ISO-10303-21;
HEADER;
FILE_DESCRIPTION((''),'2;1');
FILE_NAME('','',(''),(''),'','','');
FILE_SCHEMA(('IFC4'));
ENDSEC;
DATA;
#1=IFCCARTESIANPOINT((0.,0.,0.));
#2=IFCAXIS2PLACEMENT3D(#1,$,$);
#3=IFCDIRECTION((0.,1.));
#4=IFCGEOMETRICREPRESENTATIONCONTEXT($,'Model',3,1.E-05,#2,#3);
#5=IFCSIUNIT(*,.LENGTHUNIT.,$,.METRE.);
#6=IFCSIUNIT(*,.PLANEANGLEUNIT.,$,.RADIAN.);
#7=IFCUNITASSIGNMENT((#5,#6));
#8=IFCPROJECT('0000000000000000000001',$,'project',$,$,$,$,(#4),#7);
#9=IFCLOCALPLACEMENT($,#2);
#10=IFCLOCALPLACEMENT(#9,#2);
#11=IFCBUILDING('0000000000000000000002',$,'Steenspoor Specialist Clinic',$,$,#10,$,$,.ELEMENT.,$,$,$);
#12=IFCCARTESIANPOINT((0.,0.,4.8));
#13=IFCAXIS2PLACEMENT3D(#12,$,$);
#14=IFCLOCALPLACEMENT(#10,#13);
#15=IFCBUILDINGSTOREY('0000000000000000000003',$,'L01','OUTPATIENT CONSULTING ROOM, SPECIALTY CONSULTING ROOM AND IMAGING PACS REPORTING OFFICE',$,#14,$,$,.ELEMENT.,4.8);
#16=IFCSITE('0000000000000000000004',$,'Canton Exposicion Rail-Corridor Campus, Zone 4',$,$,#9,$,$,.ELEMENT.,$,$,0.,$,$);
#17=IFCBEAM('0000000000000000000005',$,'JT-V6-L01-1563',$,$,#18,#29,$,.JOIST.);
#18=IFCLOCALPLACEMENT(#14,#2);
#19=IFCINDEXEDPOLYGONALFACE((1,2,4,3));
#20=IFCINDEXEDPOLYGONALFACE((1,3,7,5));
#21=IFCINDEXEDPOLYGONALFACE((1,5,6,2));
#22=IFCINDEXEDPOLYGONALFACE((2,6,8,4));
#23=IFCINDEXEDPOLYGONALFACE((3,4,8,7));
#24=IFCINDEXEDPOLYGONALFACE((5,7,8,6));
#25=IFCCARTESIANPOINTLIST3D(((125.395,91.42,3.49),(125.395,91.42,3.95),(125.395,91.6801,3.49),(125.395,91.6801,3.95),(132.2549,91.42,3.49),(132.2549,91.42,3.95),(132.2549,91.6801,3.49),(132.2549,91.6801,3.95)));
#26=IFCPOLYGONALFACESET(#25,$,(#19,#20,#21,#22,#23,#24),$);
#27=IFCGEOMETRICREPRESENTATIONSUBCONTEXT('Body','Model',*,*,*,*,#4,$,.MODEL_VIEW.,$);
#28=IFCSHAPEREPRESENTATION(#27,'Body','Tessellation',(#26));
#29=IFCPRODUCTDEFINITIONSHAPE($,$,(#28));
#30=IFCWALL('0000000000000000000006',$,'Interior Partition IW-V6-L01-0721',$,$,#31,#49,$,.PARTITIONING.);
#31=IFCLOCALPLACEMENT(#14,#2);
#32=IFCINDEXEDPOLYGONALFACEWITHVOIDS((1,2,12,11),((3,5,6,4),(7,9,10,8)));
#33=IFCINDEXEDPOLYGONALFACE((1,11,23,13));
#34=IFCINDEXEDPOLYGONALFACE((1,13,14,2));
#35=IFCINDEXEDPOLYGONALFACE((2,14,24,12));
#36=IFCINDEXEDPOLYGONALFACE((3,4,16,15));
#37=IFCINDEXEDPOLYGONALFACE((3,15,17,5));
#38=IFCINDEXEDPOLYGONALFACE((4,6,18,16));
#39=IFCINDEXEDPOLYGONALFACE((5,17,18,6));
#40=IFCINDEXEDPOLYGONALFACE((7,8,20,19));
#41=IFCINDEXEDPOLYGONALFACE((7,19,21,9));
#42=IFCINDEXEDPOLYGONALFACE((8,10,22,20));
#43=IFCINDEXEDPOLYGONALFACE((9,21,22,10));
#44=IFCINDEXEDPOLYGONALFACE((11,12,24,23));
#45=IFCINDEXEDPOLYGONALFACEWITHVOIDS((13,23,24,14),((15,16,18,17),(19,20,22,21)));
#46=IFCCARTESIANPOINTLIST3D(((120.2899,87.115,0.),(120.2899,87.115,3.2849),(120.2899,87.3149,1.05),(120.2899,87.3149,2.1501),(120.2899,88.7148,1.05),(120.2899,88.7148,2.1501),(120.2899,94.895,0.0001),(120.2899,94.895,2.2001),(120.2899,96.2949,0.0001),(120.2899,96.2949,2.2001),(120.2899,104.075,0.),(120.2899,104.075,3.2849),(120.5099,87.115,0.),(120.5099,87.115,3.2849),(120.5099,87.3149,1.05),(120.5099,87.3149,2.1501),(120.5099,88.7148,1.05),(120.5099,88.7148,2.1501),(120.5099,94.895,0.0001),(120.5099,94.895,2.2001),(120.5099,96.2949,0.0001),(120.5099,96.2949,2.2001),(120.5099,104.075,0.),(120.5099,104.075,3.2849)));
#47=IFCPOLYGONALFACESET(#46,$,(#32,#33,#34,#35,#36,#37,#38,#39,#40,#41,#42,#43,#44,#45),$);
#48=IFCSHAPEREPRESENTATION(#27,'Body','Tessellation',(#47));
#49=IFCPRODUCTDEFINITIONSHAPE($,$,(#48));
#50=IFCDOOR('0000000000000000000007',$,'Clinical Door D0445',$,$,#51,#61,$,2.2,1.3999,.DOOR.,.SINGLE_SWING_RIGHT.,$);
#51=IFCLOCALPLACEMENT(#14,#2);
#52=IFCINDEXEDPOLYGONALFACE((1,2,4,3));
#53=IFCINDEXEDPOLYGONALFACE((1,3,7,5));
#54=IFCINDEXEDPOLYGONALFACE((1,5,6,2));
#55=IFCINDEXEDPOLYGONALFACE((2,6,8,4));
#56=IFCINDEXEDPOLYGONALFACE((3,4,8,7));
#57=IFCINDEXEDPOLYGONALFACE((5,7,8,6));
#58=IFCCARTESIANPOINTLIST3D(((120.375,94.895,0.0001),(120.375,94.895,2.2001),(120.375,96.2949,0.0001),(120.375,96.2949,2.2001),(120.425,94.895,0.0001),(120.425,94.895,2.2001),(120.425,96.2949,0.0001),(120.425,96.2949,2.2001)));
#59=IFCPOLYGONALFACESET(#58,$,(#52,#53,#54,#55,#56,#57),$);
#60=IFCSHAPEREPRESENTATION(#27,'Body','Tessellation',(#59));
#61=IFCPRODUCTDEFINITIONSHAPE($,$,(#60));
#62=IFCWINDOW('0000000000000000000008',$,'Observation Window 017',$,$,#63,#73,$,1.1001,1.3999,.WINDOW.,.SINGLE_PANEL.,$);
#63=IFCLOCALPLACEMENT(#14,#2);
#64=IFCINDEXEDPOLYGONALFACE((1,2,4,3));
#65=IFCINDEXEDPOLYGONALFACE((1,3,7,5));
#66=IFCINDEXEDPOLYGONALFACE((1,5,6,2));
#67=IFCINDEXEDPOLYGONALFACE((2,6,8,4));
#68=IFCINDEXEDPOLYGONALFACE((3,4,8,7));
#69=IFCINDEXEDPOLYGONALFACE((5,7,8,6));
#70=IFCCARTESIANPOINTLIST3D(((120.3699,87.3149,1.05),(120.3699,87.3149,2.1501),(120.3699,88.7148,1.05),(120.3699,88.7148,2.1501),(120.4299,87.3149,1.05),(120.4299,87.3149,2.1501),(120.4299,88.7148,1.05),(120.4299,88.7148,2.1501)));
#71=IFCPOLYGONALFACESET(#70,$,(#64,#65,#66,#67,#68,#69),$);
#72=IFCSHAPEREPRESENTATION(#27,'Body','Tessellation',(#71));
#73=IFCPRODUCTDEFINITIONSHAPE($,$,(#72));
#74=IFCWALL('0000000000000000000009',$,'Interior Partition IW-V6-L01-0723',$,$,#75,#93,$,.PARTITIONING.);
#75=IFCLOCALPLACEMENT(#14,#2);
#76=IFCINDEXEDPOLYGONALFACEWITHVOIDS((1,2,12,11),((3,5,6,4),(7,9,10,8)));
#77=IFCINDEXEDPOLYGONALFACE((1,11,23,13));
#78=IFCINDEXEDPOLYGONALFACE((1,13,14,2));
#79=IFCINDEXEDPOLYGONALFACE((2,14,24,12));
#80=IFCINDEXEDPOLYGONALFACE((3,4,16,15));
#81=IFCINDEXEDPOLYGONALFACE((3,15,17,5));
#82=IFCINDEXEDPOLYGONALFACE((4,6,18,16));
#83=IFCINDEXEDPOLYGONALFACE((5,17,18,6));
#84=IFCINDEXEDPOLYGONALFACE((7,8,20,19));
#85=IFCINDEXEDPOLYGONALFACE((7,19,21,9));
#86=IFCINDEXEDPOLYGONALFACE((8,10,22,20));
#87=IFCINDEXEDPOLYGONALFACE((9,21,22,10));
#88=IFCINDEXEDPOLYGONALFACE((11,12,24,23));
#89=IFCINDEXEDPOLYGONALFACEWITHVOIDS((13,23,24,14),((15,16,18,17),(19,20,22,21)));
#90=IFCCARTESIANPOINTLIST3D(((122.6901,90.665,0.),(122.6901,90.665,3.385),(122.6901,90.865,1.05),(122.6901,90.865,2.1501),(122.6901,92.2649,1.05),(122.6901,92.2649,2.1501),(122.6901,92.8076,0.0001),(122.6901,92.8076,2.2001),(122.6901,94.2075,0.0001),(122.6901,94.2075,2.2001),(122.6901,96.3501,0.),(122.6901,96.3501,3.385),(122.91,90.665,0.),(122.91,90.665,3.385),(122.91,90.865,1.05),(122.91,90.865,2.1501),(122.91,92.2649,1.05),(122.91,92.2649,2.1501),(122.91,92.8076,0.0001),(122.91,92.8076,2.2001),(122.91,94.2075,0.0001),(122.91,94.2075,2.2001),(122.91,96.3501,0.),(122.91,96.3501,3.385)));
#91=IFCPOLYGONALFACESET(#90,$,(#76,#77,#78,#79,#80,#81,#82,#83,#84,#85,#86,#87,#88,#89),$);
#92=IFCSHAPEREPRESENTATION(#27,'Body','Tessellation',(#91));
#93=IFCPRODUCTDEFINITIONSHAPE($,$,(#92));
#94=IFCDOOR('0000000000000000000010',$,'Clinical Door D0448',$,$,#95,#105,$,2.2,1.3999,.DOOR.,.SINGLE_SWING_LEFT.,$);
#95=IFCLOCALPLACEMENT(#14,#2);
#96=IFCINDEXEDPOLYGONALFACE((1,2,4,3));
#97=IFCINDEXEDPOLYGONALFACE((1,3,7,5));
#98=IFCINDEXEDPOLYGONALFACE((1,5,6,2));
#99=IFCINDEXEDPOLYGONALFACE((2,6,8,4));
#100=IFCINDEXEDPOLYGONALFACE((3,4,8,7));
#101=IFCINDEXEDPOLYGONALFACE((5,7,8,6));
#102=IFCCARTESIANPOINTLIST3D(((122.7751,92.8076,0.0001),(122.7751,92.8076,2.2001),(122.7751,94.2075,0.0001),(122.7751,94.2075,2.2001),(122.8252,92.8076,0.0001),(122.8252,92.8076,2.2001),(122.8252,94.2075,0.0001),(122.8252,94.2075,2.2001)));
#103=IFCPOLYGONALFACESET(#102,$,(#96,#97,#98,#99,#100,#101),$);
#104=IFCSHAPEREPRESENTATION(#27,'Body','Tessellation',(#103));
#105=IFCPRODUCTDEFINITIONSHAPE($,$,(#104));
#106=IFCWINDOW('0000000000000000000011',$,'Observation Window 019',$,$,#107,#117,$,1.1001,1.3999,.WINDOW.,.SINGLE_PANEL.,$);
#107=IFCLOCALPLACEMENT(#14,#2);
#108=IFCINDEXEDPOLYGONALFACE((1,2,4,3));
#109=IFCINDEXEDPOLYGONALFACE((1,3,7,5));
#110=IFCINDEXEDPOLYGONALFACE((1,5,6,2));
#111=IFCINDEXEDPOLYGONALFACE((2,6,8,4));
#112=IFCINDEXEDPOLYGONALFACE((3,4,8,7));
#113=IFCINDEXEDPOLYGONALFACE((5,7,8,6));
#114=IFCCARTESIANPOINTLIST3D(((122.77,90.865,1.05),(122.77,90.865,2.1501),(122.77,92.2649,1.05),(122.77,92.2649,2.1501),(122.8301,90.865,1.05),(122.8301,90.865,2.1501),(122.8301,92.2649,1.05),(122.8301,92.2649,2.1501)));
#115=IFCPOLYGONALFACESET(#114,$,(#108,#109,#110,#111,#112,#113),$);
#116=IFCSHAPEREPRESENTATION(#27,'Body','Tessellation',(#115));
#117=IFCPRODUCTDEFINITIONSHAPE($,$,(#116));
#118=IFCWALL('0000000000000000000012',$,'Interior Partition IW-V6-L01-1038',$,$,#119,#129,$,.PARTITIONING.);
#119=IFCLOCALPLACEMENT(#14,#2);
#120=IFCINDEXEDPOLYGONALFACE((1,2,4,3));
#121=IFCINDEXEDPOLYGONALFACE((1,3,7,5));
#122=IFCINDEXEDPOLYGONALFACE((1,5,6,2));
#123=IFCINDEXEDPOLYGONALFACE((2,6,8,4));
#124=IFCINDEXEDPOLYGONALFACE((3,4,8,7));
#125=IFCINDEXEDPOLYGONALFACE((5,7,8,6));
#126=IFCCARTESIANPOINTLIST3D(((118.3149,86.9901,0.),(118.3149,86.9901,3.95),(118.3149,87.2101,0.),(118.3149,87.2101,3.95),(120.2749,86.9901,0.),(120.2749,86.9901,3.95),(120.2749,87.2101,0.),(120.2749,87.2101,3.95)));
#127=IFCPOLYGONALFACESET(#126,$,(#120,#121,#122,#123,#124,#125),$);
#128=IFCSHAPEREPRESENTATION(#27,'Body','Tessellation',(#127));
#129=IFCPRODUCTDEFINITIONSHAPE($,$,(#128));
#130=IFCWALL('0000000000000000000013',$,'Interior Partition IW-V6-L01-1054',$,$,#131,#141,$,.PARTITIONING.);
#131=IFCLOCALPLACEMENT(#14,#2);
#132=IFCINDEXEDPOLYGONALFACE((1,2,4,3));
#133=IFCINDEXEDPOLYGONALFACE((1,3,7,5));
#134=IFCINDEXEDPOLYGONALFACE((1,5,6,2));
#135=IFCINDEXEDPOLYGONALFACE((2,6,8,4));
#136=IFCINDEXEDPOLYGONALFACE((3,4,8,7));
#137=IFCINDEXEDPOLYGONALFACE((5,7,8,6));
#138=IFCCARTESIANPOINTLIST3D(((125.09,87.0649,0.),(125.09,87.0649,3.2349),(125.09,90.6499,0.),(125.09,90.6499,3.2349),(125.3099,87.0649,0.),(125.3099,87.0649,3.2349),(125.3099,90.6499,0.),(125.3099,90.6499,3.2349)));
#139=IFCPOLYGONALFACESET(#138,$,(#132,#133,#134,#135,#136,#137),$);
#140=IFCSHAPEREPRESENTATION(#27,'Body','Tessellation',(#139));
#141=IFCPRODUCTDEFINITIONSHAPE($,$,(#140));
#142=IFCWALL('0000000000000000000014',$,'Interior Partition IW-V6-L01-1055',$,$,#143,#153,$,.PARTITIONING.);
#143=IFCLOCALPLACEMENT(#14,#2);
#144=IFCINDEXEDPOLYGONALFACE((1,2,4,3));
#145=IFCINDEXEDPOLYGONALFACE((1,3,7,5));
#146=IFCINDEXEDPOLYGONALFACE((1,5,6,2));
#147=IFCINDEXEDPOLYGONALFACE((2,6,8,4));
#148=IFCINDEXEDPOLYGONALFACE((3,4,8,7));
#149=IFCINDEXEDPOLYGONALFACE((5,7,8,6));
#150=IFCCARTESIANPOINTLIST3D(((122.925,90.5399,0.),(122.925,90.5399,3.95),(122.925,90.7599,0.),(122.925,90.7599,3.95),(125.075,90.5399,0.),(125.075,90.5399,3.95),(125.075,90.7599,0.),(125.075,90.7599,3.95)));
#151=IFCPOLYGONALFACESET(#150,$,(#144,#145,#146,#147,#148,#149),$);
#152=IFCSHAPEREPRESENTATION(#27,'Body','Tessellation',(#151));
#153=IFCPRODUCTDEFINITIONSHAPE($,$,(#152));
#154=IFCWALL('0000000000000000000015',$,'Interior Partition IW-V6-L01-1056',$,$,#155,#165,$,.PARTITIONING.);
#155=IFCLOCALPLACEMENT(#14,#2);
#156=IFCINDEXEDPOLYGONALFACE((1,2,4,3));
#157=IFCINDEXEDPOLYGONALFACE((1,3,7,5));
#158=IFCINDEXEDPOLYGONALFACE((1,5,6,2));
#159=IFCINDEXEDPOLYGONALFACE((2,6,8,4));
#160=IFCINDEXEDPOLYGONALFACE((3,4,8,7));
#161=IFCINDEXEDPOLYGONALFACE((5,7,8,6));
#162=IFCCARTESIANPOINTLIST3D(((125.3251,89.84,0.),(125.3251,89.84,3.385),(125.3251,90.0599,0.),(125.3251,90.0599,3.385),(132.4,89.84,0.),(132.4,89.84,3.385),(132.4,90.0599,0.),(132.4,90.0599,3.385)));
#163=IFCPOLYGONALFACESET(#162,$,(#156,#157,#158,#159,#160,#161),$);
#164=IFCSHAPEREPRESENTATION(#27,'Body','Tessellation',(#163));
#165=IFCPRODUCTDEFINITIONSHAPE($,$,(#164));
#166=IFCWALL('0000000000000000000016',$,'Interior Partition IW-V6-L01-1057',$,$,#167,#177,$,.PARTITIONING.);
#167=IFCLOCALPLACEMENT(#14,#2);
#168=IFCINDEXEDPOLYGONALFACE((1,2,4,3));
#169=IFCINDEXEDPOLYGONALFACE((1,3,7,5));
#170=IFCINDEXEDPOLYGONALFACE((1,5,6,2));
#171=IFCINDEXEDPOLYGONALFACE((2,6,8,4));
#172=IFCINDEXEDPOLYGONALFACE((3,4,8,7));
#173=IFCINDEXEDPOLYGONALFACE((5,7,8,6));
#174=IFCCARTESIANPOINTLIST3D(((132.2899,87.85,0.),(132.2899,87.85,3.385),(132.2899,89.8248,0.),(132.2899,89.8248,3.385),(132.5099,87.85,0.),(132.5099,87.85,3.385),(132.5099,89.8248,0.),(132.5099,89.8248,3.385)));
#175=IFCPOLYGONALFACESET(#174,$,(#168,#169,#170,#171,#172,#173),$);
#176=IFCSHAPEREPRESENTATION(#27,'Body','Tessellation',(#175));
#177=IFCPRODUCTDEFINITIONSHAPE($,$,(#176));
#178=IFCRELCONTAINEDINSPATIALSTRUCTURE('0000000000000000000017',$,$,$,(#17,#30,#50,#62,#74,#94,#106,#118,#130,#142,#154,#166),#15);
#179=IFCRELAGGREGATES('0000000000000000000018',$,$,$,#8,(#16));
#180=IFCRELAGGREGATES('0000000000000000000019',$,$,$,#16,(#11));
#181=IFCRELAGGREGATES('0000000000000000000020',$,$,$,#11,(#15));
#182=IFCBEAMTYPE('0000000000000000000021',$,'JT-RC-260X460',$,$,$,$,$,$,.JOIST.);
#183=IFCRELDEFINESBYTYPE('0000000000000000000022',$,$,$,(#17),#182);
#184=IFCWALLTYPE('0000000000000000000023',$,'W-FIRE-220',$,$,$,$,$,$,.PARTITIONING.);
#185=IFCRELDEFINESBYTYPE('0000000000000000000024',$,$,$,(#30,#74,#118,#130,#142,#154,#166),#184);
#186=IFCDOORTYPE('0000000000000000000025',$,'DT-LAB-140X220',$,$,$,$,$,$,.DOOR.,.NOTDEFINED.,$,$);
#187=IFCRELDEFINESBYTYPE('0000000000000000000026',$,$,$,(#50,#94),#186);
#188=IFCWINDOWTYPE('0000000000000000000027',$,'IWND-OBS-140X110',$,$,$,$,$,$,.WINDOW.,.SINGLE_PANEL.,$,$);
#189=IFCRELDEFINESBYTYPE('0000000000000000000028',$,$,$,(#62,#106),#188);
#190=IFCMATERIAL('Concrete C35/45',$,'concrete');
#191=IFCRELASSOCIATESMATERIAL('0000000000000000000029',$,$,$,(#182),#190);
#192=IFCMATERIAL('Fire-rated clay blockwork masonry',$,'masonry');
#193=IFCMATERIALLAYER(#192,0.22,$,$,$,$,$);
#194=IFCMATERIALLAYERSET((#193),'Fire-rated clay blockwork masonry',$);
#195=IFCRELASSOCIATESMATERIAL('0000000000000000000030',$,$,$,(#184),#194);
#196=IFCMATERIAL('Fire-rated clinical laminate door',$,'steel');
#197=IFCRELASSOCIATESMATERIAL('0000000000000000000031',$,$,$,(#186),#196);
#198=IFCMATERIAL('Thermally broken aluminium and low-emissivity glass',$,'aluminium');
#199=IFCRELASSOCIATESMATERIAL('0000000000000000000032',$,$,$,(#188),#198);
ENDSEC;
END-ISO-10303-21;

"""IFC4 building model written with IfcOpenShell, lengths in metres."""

from ifc_helpers import new_model, si_unit, direction, frame, frame_2d, origin, origin_2d, place, context, subcontext, project, spatial, rectangle, extrude, material, layer, layer_set, material_profile, profile_set, type_object, element, fill, save


model = new_model("IFC4")

# Units and contexts
model_context = context("Model", 3, precision=1e-05, world=origin(), true_north=direction((0.0, 1.0)))
body_context = subcontext(model_context, "Body", "Model", "MODEL_VIEW")
ifc_project = project(units=[si_unit("LENGTHUNIT", "METRE"), si_unit("PLANEANGLEUNIT", "RADIAN")], contexts=[model_context])

# Site, building, storey
site_placement = place(None, origin())
site = spatial("IfcSite", under=ifc_project, at=site_placement, Name="Canton Exposicion Rail-Corridor Campus, Zone 4", CompositionType="ELEMENT", RefElevation=0.0)
building_placement = place(site_placement, origin())
building = spatial("IfcBuilding", under=site, at=building_placement, Name="Steenspoor Specialist Clinic", CompositionType="ELEMENT")
storey_placement = place(building_placement, frame((0.0, 0.0, 4.8)))
storey = spatial("IfcBuildingStorey", under=building, at=storey_placement, Name="L01", Description="OUTPATIENT CONSULTING ROOM, SPECIALTY CONSULTING ROOM AND IMAGING PACS REPORTING OFFICE", CompositionType="ELEMENT", Elevation=4.8)

# Beam
ifc_material_1 = material(Name="Concrete C35/45", Category="concrete")
ifc_material_profile_1 = material_profile(ifc_material_1, rectangle(XDim=0.26, YDim=0.46, at=origin_2d()), Name="RC-JT-260X460")
ifc_profile_set_1 = profile_set([ifc_material_profile_1], Name="Concrete C35/45")
beam_type_1 = type_object("IfcBeamType", Name="JT-RC-260X460", PredefinedType="JOIST", material=ifc_profile_set_1)
beam_1_placement = place(storey_placement, frame((125.395, 91.55, 3.72), z_axis=(1.0, 0.0, 0.0), x_axis=(0.0, 1.0, 0.0)))
element("IfcBeam", 1, at=beam_1_placement, inside=storey, type_object=beam_type_1, Name="JT-V6-L01-1563", PredefinedType="JOIST", context=body_context, shape_type="SweptSolid", body=[
    extrude(rectangle(XDim=0.26, YDim=0.46, at=origin_2d()), origin(), (0.0, 0.0, 1.0), 6.8599),
])

# Walls, openings, doors, windows
ifc_material_2 = material(Name="Fire-rated clay blockwork masonry", Category="masonry")
ifc_layer_1 = layer(ifc_material_2, 0.22)
ifc_layer_set_1 = layer_set([ifc_layer_1], Name="Fire-rated clay blockwork masonry")
wall_type_1 = type_object("IfcWallType", Name="W-FIRE-220", PredefinedType="PARTITIONING", material=ifc_layer_set_1)
wall_1_placement = place(storey_placement, frame((120.3999, 87.115, 0.0), z_axis=(0.0, 0.0, 1.0), x_axis=(0.0, 1.0, 0.0)))
wall_1 = element("IfcWall", 2, at=wall_1_placement, inside=storey, type_object=wall_type_1, Name="Interior Partition IW-V6-L01-0721", PredefinedType="PARTITIONING", context=body_context, shape_type="SweptSolid", body=[
    extrude(rectangle(XDim=16.96, YDim=0.22, at=frame_2d((8.48, 0.0))), origin(), (0.0, 0.0, 1.0), 3.2849),
])
opening_1_placement = place(wall_1_placement, frame((7.78, 0.0, 0.0)))
opening_1 = element("IfcOpeningElement", 3, at=opening_1_placement, cuts=wall_1, PredefinedType="OPENING", context=body_context, shape_type="SweptSolid", body=[
    extrude(rectangle(XDim=1.3999, YDim=2.2, at=frame_2d((0.7, 1.1001))), frame((0.0, 0.1201, 0.0), z_axis=(0.0, -1.0, 0.0), x_axis=(1.0, 0.0, 0.0)), (0.0, 0.0, 1.0), 0.24),
])
opening_2_placement = place(wall_1_placement, frame((0.2, 0.0, 1.05)))
opening_2 = element("IfcOpeningElement", 4, at=opening_2_placement, cuts=wall_1, PredefinedType="OPENING", context=body_context, shape_type="SweptSolid", body=[
    extrude(rectangle(XDim=1.3999, YDim=1.1001, at=frame_2d((0.7, 0.55))), frame((0.0, 0.1201, 0.0), z_axis=(0.0, -1.0, 0.0), x_axis=(1.0, 0.0, 0.0)), (0.0, 0.0, 1.0), 0.24),
])
ifc_material_3 = material(Name="Fire-rated clinical laminate door", Category="steel")
door_type_1 = type_object("IfcDoorType", Name="DT-LAB-140X220", OperationType="NOTDEFINED", PredefinedType="DOOR", material=ifc_material_3)
door_1_placement = place(opening_1_placement, origin())
door_1 = element("IfcDoor", 5, at=door_1_placement, inside=storey, type_object=door_type_1, Name="Clinical Door D0445", OperationType="SINGLE_SWING_RIGHT", OverallHeight=2.2, OverallWidth=1.3999, PredefinedType="DOOR", context=body_context, shape_type="SweptSolid", body=[
    extrude(rectangle(XDim=1.3999, YDim=2.2, at=frame_2d((0.7, 1.1001))), frame((0.0, 0.0249, 0.0), z_axis=(0.0, -1.0, 0.0), x_axis=(1.0, 0.0, 0.0)), (0.0, 0.0, 1.0), 0.05),
])
fill(opening_1, door_1)
ifc_material_4 = material(Name="Thermally broken aluminium and low-emissivity glass", Category="aluminium")
window_type = type_object("IfcWindowType", Name="IWND-OBS-140X110", PartitioningType="SINGLE_PANEL", PredefinedType="WINDOW", material=ifc_material_4)
window_1_placement = place(opening_2_placement, origin())
window_1 = element("IfcWindow", 6, at=window_1_placement, inside=storey, type_object=window_type, Name="Observation Window 017", OverallHeight=1.1001, OverallWidth=1.3999, PartitioningType="SINGLE_PANEL", PredefinedType="WINDOW", context=body_context, shape_type="SweptSolid", body=[
    extrude(rectangle(XDim=1.3999, YDim=1.1001, at=frame_2d((0.7, 0.55))), frame((0.0, 0.03, 0.0), z_axis=(0.0, -1.0, 0.0), x_axis=(1.0, 0.0, 0.0)), (0.0, 0.0, 1.0), 0.0601),
])
fill(opening_2, window_1)
wall_2_placement = place(storey_placement, frame((122.8, 90.665, 0.0), z_axis=(0.0, 0.0, 1.0), x_axis=(0.0, 1.0, 0.0)))
wall_2 = element("IfcWall", 7, at=wall_2_placement, inside=storey, type_object=wall_type_1, Name="Interior Partition IW-V6-L01-0723", PredefinedType="PARTITIONING", context=body_context, shape_type="SweptSolid", body=[
    extrude(rectangle(XDim=5.6851, YDim=0.22, at=frame_2d((2.8425, 0.0))), origin(), (0.0, 0.0, 1.0), 3.385),
])
opening_3_placement = place(wall_2_placement, frame((2.1426, 0.0, 0.0)))
opening_3 = element("IfcOpeningElement", 8, at=opening_3_placement, cuts=wall_2, PredefinedType="OPENING", context=body_context, shape_type="SweptSolid", body=[
    extrude(rectangle(XDim=1.3999, YDim=2.2, at=frame_2d((0.7, 1.1001))), frame((0.0, 0.1201, 0.0), z_axis=(0.0, -1.0, 0.0), x_axis=(1.0, 0.0, 0.0)), (0.0, 0.0, 1.0), 0.24),
])
opening_4_placement = place(wall_2_placement, frame((0.2, 0.0, 1.05)))
opening_4 = element("IfcOpeningElement", 9, at=opening_4_placement, cuts=wall_2, PredefinedType="OPENING", context=body_context, shape_type="SweptSolid", body=[
    extrude(rectangle(XDim=1.3999, YDim=1.1001, at=frame_2d((0.7, 0.55))), frame((0.0, 0.1201, 0.0), z_axis=(0.0, -1.0, 0.0), x_axis=(1.0, 0.0, 0.0)), (0.0, 0.0, 1.0), 0.24),
])
door_2_placement = place(opening_3_placement, origin())
door_2 = element("IfcDoor", 10, at=door_2_placement, inside=storey, type_object=door_type_1, Name="Clinical Door D0448", OperationType="SINGLE_SWING_LEFT", OverallHeight=2.2, OverallWidth=1.3999, PredefinedType="DOOR", context=body_context, shape_type="SweptSolid", body=[
    extrude(rectangle(XDim=1.3999, YDim=2.2, at=frame_2d((0.7, 1.1001))), frame((0.0, 0.0249, 0.0), z_axis=(0.0, -1.0, 0.0), x_axis=(1.0, 0.0, 0.0)), (0.0, 0.0, 1.0), 0.05),
])
fill(opening_3, door_2)
window_2_placement = place(opening_4_placement, origin())
window_2 = element("IfcWindow", 11, at=window_2_placement, inside=storey, type_object=window_type, Name="Observation Window 019", OverallHeight=1.1001, OverallWidth=1.3999, PartitioningType="SINGLE_PANEL", PredefinedType="WINDOW", context=body_context, shape_type="SweptSolid", body=[
    extrude(rectangle(XDim=1.3999, YDim=1.1001, at=frame_2d((0.7, 0.55))), frame((0.0, 0.03, 0.0), z_axis=(0.0, -1.0, 0.0), x_axis=(1.0, 0.0, 0.0)), (0.0, 0.0, 1.0), 0.0601),
])
fill(opening_4, window_2)

# Walls
wall_3_placement = place(storey_placement, frame((118.3149, 87.1001, 0.0), z_axis=(0.0, 0.0, 1.0), x_axis=(1.0, 0.0, 0.0)))
element("IfcWall", 12, at=wall_3_placement, inside=storey, type_object=wall_type_1, Name="Interior Partition IW-V6-L01-1038", PredefinedType="PARTITIONING", context=body_context, shape_type="SweptSolid", body=[
    extrude(rectangle(XDim=1.96, YDim=0.22, at=frame_2d((0.98, 0.0))), origin(), (0.0, 0.0, 1.0), 3.95),
])
wall_4_placement = place(storey_placement, frame((125.2, 87.0649, 0.0), z_axis=(0.0, 0.0, 1.0), x_axis=(0.0, 1.0, 0.0)))
element("IfcWall", 13, at=wall_4_placement, inside=storey, type_object=wall_type_1, Name="Interior Partition IW-V6-L01-1054", PredefinedType="PARTITIONING", context=body_context, shape_type="SweptSolid", body=[
    extrude(rectangle(XDim=3.585, YDim=0.22, at=frame_2d((1.7925, 0.0))), origin(), (0.0, 0.0, 1.0), 3.2349),
])
wall_5_placement = place(storey_placement, frame((122.925, 90.6499, 0.0), z_axis=(0.0, 0.0, 1.0), x_axis=(1.0, 0.0, 0.0)))
element("IfcWall", 14, at=wall_5_placement, inside=storey, type_object=wall_type_1, Name="Interior Partition IW-V6-L01-1055", PredefinedType="PARTITIONING", context=body_context, shape_type="SweptSolid", body=[
    extrude(rectangle(XDim=2.1499, YDim=0.22, at=frame_2d((1.075, 0.0))), origin(), (0.0, 0.0, 1.0), 3.95),
])
wall_6_placement = place(storey_placement, frame((125.325, 89.95, 0.0), z_axis=(0.0, 0.0, 1.0), x_axis=(1.0, 0.0, 0.0)))
element("IfcWall", 15, at=wall_6_placement, inside=storey, type_object=wall_type_1, Name="Interior Partition IW-V6-L01-1056", PredefinedType="PARTITIONING", context=body_context, shape_type="SweptSolid", body=[
    extrude(rectangle(XDim=7.075, YDim=0.22, at=frame_2d((3.5376, 0.0))), origin(), (0.0, 0.0, 1.0), 3.385),
])
wall_7_placement = place(storey_placement, frame((132.3999, 87.8501, 0.0), z_axis=(0.0, 0.0, 1.0), x_axis=(0.0, 1.0, 0.0)))
element("IfcWall", 16, at=wall_7_placement, inside=storey, type_object=wall_type_1, Name="Interior Partition IW-V6-L01-1057", PredefinedType="PARTITIONING", context=body_context, shape_type="SweptSolid", body=[
    extrude(rectangle(XDim=1.9749, YDim=0.22, at=frame_2d((0.9873, 0.0))), origin(), (0.0, 0.0, 1.0), 3.385),
])

save(model, "model.ifc")
